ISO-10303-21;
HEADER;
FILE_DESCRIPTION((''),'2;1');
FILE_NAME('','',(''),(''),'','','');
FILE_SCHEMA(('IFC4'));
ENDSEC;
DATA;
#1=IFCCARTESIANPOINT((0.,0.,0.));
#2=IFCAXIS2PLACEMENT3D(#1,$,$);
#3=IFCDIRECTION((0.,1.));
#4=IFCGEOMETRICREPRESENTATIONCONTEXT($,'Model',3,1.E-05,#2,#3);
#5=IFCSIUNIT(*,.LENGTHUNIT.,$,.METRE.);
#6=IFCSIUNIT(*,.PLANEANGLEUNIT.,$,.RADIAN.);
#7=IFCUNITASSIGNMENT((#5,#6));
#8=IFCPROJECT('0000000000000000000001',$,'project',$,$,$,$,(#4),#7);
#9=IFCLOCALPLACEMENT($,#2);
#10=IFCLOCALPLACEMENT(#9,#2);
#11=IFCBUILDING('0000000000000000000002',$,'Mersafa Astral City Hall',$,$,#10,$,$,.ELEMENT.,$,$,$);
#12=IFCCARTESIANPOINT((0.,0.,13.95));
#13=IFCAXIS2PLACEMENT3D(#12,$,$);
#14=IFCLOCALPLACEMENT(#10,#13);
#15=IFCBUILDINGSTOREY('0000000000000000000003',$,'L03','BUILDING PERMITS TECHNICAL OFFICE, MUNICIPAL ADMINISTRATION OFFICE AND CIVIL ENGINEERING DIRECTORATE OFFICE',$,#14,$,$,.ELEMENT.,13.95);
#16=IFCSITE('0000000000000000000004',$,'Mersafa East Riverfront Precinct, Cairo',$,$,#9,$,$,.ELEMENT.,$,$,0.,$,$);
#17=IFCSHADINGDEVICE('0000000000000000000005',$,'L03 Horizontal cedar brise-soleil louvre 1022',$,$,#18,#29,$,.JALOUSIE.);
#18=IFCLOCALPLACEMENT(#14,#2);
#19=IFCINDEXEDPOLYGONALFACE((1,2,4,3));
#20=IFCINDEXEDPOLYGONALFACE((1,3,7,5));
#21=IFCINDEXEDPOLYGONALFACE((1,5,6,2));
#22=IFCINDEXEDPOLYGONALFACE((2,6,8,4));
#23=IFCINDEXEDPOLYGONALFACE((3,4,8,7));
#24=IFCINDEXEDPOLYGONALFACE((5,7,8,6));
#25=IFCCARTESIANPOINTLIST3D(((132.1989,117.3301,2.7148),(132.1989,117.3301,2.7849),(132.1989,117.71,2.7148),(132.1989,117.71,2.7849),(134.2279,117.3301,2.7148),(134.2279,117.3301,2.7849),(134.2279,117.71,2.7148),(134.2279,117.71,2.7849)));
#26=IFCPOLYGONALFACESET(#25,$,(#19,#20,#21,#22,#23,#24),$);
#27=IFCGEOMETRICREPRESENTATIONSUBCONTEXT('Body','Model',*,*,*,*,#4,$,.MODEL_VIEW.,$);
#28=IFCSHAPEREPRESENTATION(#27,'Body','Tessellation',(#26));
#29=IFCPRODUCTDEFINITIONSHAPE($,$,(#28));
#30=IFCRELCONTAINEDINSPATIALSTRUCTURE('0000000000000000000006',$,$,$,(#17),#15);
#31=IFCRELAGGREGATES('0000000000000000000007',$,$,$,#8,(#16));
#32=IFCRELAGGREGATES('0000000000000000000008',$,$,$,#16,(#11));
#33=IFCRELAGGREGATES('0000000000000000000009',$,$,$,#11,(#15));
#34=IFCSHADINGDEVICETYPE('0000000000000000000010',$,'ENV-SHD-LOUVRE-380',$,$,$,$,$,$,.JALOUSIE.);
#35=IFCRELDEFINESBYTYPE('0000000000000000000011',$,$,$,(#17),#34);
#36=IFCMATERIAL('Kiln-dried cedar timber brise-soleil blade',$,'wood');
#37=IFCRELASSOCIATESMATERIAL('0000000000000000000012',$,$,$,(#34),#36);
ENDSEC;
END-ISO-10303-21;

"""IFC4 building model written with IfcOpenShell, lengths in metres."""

from ifc_helpers import new_model, si_unit, direction, frame, origin, origin_2d, place, context, subcontext, project, spatial, rectangle, extrude, material, type_object, element, save


model = new_model("IFC4")

# Units and contexts
model_context = context("Model", 3, precision=1e-05, world=origin(), true_north=direction((0.0, 1.0)))
body_context = subcontext(model_context, "Body", "Model", "MODEL_VIEW")
ifc_project = project(units=[si_unit("LENGTHUNIT", "METRE"), si_unit("PLANEANGLEUNIT", "RADIAN")], contexts=[model_context])

# Site, building, storey
site_placement = place(None, origin())
site = spatial("IfcSite", under=ifc_project, at=site_placement, Name="Mersafa East Riverfront Precinct, Cairo", CompositionType="ELEMENT", RefElevation=0.0)
building_placement = place(site_placement, origin())
building = spatial("IfcBuilding", under=site, at=building_placement, Name="Mersafa Astral City Hall", CompositionType="ELEMENT")
storey_placement = place(building_placement, frame((0.0, 0.0, 13.95)))
storey = spatial("IfcBuildingStorey", under=building, at=storey_placement, Name="L03", Description="BUILDING PERMITS TECHNICAL OFFICE, MUNICIPAL ADMINISTRATION OFFICE AND CIVIL ENGINEERING DIRECTORATE OFFICE", CompositionType="ELEMENT", Elevation=13.95)

# Shading device
ifc_material_1 = material(Name="Kiln-dried cedar timber brise-soleil blade", Category="wood")
shading_device_type_1 = type_object("IfcShadingDeviceType", Name="ENV-SHD-LOUVRE-380", PredefinedType="JALOUSIE", material=ifc_material_1)
shading_device_1_placement = place(storey_placement, frame((133.2134, 117.52, 2.7148), z_axis=(0.0, 0.0, 1.0), x_axis=(1.0, 0.0, 0.0)))
element("IfcShadingDevice", 1, at=shading_device_1_placement, inside=storey, type_object=shading_device_type_1, Name="L03 Horizontal cedar brise-soleil louvre 1022", PredefinedType="JALOUSIE", context=body_context, shape_type="SweptSolid", body=[
    extrude(rectangle(XDim=2.0291, YDim=0.3799, at=origin_2d()), origin(), (0.0, 0.0, 1.0), 0.0701),
])

save(model, "model.ifc")
